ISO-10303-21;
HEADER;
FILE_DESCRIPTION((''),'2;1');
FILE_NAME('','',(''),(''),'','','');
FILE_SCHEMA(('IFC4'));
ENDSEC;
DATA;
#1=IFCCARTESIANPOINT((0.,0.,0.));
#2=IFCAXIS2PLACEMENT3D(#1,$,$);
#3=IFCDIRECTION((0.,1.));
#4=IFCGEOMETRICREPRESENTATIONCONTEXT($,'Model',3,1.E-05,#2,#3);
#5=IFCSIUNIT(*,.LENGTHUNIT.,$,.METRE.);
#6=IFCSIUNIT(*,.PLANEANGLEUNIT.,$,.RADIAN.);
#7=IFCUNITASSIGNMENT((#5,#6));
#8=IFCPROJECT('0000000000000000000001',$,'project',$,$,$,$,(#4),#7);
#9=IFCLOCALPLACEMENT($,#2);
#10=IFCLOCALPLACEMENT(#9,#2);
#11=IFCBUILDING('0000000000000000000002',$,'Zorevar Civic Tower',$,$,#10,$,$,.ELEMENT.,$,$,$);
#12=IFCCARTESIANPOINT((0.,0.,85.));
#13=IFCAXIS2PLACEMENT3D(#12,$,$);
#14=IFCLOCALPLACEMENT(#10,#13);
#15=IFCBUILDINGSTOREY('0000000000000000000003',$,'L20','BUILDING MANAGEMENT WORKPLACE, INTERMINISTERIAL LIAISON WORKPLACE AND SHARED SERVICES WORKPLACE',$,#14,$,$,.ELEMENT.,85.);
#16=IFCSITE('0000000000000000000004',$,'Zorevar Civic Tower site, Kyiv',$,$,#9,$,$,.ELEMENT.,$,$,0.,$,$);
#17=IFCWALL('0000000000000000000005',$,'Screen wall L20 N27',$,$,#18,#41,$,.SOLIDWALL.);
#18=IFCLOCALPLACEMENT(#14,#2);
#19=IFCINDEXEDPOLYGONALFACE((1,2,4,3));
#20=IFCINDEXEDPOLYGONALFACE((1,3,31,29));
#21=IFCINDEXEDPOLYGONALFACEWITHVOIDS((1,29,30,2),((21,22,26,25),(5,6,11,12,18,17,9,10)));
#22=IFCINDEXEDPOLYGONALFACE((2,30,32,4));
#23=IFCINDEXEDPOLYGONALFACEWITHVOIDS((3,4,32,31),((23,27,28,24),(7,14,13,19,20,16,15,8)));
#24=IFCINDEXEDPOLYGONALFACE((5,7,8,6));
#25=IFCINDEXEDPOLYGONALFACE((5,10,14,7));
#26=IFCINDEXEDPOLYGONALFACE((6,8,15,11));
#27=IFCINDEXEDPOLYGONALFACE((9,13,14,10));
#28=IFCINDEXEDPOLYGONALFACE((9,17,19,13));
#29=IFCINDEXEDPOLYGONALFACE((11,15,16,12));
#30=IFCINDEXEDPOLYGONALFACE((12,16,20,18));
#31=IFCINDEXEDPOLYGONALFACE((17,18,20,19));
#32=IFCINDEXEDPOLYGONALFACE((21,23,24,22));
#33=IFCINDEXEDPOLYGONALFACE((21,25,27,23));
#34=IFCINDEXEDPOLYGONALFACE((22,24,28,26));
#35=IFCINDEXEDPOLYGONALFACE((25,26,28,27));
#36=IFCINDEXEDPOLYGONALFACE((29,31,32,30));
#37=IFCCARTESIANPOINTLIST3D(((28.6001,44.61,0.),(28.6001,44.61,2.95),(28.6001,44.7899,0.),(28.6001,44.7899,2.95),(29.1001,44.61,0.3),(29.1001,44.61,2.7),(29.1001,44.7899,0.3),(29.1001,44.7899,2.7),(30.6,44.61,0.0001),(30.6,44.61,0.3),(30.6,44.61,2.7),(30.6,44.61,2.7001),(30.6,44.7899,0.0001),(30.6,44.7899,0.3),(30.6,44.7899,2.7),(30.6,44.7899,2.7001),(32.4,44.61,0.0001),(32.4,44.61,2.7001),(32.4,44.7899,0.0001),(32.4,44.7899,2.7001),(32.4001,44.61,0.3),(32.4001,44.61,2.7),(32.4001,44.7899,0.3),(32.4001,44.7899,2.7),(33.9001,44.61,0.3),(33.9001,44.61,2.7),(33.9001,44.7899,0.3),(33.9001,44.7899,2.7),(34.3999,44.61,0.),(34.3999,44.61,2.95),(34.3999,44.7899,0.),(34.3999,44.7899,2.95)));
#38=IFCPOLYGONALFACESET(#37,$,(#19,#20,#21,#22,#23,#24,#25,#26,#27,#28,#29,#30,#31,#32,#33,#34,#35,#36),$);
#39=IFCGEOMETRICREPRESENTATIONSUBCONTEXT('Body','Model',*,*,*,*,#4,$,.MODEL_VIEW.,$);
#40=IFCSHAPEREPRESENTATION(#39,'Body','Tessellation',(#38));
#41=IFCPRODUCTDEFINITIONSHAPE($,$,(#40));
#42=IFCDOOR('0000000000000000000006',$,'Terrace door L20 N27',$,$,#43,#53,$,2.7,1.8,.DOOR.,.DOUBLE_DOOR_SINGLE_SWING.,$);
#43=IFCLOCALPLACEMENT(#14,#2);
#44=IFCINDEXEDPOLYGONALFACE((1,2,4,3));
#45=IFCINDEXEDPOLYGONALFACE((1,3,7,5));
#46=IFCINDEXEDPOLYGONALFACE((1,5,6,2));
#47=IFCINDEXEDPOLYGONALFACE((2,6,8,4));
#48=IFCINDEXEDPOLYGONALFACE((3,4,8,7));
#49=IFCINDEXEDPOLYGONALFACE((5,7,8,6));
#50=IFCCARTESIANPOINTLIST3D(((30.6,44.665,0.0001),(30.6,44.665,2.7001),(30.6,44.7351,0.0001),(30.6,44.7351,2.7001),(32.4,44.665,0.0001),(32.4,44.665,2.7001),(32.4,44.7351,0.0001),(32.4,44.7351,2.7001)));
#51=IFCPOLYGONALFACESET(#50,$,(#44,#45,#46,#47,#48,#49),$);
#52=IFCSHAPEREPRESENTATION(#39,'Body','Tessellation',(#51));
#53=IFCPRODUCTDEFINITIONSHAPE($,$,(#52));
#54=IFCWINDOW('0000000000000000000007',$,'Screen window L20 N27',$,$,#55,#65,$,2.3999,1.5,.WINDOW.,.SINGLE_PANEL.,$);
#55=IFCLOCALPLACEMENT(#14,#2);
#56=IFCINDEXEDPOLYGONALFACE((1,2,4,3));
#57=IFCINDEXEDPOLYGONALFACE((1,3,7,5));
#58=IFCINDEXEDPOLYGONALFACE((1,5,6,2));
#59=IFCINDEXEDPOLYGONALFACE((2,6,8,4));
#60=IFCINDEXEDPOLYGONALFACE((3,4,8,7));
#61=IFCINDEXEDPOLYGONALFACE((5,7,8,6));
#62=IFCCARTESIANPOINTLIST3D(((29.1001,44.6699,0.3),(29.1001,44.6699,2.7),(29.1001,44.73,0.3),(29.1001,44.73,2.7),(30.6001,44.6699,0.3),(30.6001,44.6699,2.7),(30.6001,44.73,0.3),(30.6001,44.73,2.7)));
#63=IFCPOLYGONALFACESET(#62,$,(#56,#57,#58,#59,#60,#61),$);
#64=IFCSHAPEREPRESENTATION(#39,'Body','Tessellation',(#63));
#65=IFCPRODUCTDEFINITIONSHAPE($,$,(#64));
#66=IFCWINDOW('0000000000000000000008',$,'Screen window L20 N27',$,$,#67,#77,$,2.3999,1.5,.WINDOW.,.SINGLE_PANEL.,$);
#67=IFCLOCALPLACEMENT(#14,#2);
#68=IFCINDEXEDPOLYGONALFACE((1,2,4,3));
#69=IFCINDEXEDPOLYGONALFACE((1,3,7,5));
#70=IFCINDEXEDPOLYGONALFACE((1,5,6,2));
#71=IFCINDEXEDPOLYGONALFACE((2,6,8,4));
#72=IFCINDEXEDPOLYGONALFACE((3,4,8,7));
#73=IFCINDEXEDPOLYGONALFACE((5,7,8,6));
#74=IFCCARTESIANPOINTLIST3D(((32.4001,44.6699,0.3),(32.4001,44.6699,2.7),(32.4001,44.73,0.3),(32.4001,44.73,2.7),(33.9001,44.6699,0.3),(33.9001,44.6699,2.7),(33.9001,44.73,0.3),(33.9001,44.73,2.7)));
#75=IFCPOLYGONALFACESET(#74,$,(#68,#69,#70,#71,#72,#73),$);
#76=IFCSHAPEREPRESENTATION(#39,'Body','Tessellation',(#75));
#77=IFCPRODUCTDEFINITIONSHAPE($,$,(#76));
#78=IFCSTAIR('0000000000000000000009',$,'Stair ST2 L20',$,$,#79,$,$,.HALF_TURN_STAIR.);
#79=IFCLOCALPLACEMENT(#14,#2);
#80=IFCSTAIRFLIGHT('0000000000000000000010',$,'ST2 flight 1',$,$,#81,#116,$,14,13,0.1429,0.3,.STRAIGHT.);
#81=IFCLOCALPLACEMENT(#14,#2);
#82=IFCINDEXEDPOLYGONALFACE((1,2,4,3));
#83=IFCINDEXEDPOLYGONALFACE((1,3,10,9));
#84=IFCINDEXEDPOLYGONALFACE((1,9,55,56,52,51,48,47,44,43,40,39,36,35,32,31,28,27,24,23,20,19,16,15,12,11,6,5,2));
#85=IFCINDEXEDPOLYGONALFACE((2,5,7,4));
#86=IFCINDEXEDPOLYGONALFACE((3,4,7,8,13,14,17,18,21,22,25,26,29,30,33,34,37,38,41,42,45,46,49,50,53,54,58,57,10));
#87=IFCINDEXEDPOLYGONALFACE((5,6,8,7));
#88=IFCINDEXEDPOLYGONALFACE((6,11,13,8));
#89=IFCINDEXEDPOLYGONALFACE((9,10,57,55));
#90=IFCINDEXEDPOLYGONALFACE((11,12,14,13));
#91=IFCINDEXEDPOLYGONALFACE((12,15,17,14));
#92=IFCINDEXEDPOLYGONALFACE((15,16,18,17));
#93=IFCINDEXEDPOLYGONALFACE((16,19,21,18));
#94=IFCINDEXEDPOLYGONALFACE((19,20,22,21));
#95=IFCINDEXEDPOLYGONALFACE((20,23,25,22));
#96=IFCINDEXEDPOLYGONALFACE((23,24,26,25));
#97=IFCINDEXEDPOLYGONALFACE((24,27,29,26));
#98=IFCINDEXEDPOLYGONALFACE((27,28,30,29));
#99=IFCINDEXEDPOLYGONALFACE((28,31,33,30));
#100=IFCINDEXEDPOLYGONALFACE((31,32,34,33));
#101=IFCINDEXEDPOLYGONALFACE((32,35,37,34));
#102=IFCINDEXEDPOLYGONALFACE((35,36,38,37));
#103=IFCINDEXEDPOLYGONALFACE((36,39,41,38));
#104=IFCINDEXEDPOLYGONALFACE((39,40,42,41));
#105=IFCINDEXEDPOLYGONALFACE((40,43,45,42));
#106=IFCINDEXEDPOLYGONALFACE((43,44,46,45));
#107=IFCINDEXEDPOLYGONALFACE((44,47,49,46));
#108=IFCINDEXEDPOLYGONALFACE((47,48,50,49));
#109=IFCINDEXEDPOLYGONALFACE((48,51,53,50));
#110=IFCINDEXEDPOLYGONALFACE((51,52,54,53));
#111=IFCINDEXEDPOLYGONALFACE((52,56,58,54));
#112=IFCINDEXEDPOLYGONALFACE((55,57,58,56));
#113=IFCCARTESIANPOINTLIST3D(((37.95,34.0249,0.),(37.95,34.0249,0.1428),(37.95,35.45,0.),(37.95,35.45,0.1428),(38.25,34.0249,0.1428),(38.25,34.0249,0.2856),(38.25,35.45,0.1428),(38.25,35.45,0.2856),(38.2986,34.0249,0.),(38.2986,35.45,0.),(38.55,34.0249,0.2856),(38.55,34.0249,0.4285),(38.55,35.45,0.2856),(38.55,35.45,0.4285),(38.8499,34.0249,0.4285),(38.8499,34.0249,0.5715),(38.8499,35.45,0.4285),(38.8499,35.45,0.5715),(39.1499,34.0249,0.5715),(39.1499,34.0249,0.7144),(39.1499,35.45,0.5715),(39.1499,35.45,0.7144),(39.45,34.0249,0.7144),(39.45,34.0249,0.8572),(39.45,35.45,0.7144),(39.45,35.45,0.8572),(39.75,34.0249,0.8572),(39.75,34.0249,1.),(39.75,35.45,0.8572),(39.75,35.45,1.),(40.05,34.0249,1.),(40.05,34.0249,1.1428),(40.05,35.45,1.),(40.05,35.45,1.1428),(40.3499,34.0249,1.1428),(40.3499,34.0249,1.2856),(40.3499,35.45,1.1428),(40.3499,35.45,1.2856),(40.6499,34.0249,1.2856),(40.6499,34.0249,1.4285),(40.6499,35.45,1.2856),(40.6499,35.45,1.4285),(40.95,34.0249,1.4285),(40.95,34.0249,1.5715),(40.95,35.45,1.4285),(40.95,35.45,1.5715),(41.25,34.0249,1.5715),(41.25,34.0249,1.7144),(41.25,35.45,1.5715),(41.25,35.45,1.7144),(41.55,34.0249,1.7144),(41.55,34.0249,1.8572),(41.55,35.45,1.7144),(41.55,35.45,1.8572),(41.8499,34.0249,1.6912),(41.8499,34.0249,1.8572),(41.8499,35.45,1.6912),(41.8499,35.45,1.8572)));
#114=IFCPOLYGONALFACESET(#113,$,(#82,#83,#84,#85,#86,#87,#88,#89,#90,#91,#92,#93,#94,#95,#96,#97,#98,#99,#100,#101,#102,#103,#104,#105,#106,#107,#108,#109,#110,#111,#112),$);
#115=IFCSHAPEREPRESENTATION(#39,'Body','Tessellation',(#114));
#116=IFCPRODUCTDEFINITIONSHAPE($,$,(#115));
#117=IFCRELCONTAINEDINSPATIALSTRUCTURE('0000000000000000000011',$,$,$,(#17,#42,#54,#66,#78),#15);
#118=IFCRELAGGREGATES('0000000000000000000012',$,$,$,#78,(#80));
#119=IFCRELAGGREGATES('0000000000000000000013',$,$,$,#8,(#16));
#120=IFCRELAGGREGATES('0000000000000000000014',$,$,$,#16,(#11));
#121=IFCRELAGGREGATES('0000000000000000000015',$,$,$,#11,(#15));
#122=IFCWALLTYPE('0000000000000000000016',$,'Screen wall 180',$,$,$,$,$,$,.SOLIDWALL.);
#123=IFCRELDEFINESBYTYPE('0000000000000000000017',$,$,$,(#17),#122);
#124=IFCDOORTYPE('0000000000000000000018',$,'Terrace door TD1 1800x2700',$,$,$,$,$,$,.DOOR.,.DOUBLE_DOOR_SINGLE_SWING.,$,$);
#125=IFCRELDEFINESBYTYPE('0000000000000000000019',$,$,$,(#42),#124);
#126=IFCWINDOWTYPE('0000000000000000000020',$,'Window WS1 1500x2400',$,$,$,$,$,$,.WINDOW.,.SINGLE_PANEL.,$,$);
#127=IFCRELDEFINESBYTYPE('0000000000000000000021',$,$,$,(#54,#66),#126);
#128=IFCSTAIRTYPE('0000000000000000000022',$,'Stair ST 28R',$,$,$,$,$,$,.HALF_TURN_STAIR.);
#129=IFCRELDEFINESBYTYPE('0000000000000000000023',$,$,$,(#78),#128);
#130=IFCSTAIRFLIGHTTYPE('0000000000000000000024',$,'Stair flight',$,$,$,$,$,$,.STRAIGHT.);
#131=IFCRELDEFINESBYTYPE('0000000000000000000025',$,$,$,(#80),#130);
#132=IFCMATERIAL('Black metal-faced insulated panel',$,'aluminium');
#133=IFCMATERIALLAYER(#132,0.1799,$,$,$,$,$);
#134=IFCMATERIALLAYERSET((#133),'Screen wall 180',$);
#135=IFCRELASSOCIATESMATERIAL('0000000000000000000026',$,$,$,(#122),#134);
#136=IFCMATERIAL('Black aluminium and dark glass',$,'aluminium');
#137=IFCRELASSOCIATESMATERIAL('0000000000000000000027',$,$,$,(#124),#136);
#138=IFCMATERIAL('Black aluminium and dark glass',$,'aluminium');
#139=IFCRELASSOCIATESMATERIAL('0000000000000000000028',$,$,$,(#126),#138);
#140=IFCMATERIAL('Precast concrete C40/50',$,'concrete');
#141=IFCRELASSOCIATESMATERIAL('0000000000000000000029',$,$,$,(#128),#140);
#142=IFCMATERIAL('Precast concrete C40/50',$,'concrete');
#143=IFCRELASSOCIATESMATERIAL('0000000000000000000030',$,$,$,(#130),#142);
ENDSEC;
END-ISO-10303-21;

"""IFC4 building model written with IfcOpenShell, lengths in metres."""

from ifc_helpers import new_model, si_unit, direction, frame, frame_2d, origin, place, context, subcontext, project, spatial, polyline, rectangle, outline, extrude, material, layer, layer_set, type_object, element, fill, aggregate, save


model = new_model("IFC4")

# Units and contexts
model_context = context("Model", 3, precision=1e-05, world=origin(), true_north=direction((0.0, 1.0)))
body_context = subcontext(model_context, "Body", "Model", "MODEL_VIEW")
ifc_project = project(units=[si_unit("LENGTHUNIT", "METRE"), si_unit("PLANEANGLEUNIT", "RADIAN")], contexts=[model_context])

# Site, building, storey
site_placement = place(None, origin())
site = spatial("IfcSite", under=ifc_project, at=site_placement, Name="Zorevar Civic Tower site, Kyiv", CompositionType="ELEMENT", RefElevation=0.0)
building_placement = place(site_placement, origin())
building = spatial("IfcBuilding", under=site, at=building_placement, Name="Zorevar Civic Tower", CompositionType="ELEMENT")
storey_placement = place(building_placement, frame((0.0, 0.0, 85.0)))
storey = spatial("IfcBuildingStorey", under=building, at=storey_placement, Name="L20", Description="BUILDING MANAGEMENT WORKPLACE, INTERMINISTERIAL LIAISON WORKPLACE AND SHARED SERVICES WORKPLACE", CompositionType="ELEMENT", Elevation=85.0)

# Wall, openings, door, windows
ifc_material_1 = material(Name="Black metal-faced insulated panel", Category="aluminium")
ifc_layer_1 = layer(ifc_material_1, 0.1799)
ifc_layer_set_1 = layer_set([ifc_layer_1], Name="Screen wall 180")
wall_type_1 = type_object("IfcWallType", Name="Screen wall 180", PredefinedType="SOLIDWALL", material=ifc_layer_set_1)
wall_1_placement = place(storey_placement, frame((28.6001, 44.7, 0.0), z_axis=(0.0, 0.0, 1.0), x_axis=(1.0, 0.0, 0.0)))
wall_1 = element("IfcWall", 1, at=wall_1_placement, inside=storey, type_object=wall_type_1, Name="Screen wall L20 N27", PredefinedType="SOLIDWALL", context=body_context, shape_type="SweptSolid", body=[
    extrude(rectangle(XDim=5.7998, YDim=0.1799, at=frame_2d((2.8999, 0.0))), origin(), (0.0, 0.0, 1.0), 2.95),
])
opening_1_placement = place(wall_1_placement, frame((2.0, 0.0, 0.0)))
opening_1 = element("IfcOpeningElement", 2, at=opening_1_placement, cuts=wall_1, PredefinedType="OPENING", context=body_context, shape_type="SweptSolid", body=[
    extrude(rectangle(XDim=1.8, YDim=2.7, at=frame_2d((0.8999, 1.3501))), frame((0.0, 0.0999, 0.0), z_axis=(0.0, -1.0, 0.0), x_axis=(1.0, 0.0, 0.0)), (0.0, 0.0, 1.0), 0.2),
])
opening_2_placement = place(wall_1_placement, frame((0.5, 0.0, 0.3)))
opening_2 = element("IfcOpeningElement", 3, at=opening_2_placement, cuts=wall_1, PredefinedType="OPENING", context=body_context, shape_type="SweptSolid", body=[
    extrude(rectangle(XDim=1.5, YDim=2.3999, at=frame_2d((0.75, 1.2))), frame((0.0, 0.0999, 0.0), z_axis=(0.0, -1.0, 0.0), x_axis=(1.0, 0.0, 0.0)), (0.0, 0.0, 1.0), 0.2),
])
opening_3_placement = place(wall_1_placement, frame((3.8, 0.0, 0.3)))
opening_3 = element("IfcOpeningElement", 4, at=opening_3_placement, cuts=wall_1, PredefinedType="OPENING", context=body_context, shape_type="SweptSolid", body=[
    extrude(rectangle(XDim=1.5, YDim=2.3999, at=frame_2d((0.75, 1.2))), frame((0.0, 0.0999, 0.0), z_axis=(0.0, -1.0, 0.0), x_axis=(1.0, 0.0, 0.0)), (0.0, 0.0, 1.0), 0.2),
])
ifc_material_2 = material(Name="Black aluminium and dark glass", Category="aluminium")
door_type_1 = type_object("IfcDoorType", Name="Terrace door TD1 1800x2700", OperationType="DOUBLE_DOOR_SINGLE_SWING", PredefinedType="DOOR", material=ifc_material_2)
door_1_placement = place(opening_1_placement, origin())
door_1 = element("IfcDoor", 5, at=door_1_placement, inside=storey, type_object=door_type_1, Name="Terrace door L20 N27", OperationType="DOUBLE_DOOR_SINGLE_SWING", OverallHeight=2.7, OverallWidth=1.8, PredefinedType="DOOR", context=body_context, shape_type="SweptSolid", body=[
    extrude(rectangle(XDim=1.8, YDim=2.7, at=frame_2d((0.8999, 1.3501))), frame((0.0, 0.0352, 0.0), z_axis=(0.0, -1.0, 0.0), x_axis=(1.0, 0.0, 0.0)), (0.0, 0.0, 1.0), 0.0701),
])
fill(opening_1, door_1)
ifc_material_3 = material(Name="Black aluminium and dark glass", Category="aluminium")
window_type = type_object("IfcWindowType", Name="Window WS1 1500x2400", PartitioningType="SINGLE_PANEL", PredefinedType="WINDOW", material=ifc_material_3)
window_1_placement = place(opening_2_placement, origin())
window_1 = element("IfcWindow", 6, at=window_1_placement, inside=storey, type_object=window_type, Name="Screen window L20 N27", OverallHeight=2.3999, OverallWidth=1.5, PartitioningType="SINGLE_PANEL", PredefinedType="WINDOW", context=body_context, shape_type="SweptSolid", body=[
    extrude(rectangle(XDim=1.5, YDim=2.3999, at=frame_2d((0.75, 1.2))), frame((0.0, 0.03, 0.0), z_axis=(0.0, -1.0, 0.0), x_axis=(1.0, 0.0, 0.0)), (0.0, 0.0, 1.0), 0.0601),
])
fill(opening_2, window_1)
window_2_placement = place(opening_3_placement, origin())
window_2 = element("IfcWindow", 7, at=window_2_placement, inside=storey, type_object=window_type, Name="Screen window L20 N27", OverallHeight=2.3999, OverallWidth=1.5, PartitioningType="SINGLE_PANEL", PredefinedType="WINDOW", context=body_context, shape_type="SweptSolid", body=[
    extrude(rectangle(XDim=1.5, YDim=2.3999, at=frame_2d((0.75, 1.2))), frame((0.0, 0.03, 0.0), z_axis=(0.0, -1.0, 0.0), x_axis=(1.0, 0.0, 0.0)), (0.0, 0.0, 1.0), 0.0601),
])
fill(opening_3, window_2)

# Stair, stair flight
ifc_material_4 = material(Name="Precast concrete C40/50", Category="concrete")
stair_type = type_object("IfcStairType", Name="Stair ST 28R", PredefinedType="HALF_TURN_STAIR", material=ifc_material_4)
stair_placement = place(storey_placement, origin())
stair = element("IfcStair", 8, at=stair_placement, inside=storey, type_object=stair_type, Name="Stair ST2 L20", PredefinedType="HALF_TURN_STAIR")
ifc_material_5 = material(Name="Precast concrete C40/50", Category="concrete")
stair_flight_type = type_object("IfcStairFlightType", Name="Stair flight", PredefinedType="STRAIGHT", material=ifc_material_5)
stair_flight_placement = place(storey_placement, frame((37.95, 34.7375, 0.0), z_axis=(0.0, 0.0, 1.0), x_axis=(1.0, 0.0, 0.0)))
stair_flight = element("IfcStairFlight", 9, at=stair_flight_placement, type_object=stair_flight_type, Name="ST2 flight 1", NumberOfRisers=14, NumberOfTreads=13, PredefinedType="STRAIGHT", RiserHeight=0.1429, TreadLength=0.3, context=body_context, shape_type="SweptSolid", body=[
    extrude(outline(polyline([(0.0, 0.0), (0.0, 0.1428), (0.3, 0.1428), (0.3, 0.2856), (0.6001, 0.2856), (0.6001, 0.4285), (0.8999, 0.4285), (0.8999, 0.5715), (1.2, 0.5715), (1.2, 0.7144), (1.5, 0.7144), (1.5, 0.8572), (1.8, 0.8572), (1.8, 1.0), (2.1001, 1.0), (2.1001, 1.1428), (2.3999, 1.1428), (2.3999, 1.2856), (2.7, 1.2856), (2.7, 1.4285), (3.0, 1.4285), (3.0, 1.5715), (3.3, 1.5715), (3.3, 1.7144), (3.6001, 1.7144), (3.6001, 1.8572), (3.8999, 1.8572), (3.8999, 2.0), (3.8999, 1.6912), (0.3486, 0.0), (0.0, 0.0)])), frame((0.0, 0.7124, 0.0), z_axis=(0.0, -1.0, 0.0), x_axis=(1.0, 0.0, 0.0)), (0.0, 0.0, 1.0), 1.425),
])
aggregate(stair, [stair_flight])

save(model, "model.ifc")
